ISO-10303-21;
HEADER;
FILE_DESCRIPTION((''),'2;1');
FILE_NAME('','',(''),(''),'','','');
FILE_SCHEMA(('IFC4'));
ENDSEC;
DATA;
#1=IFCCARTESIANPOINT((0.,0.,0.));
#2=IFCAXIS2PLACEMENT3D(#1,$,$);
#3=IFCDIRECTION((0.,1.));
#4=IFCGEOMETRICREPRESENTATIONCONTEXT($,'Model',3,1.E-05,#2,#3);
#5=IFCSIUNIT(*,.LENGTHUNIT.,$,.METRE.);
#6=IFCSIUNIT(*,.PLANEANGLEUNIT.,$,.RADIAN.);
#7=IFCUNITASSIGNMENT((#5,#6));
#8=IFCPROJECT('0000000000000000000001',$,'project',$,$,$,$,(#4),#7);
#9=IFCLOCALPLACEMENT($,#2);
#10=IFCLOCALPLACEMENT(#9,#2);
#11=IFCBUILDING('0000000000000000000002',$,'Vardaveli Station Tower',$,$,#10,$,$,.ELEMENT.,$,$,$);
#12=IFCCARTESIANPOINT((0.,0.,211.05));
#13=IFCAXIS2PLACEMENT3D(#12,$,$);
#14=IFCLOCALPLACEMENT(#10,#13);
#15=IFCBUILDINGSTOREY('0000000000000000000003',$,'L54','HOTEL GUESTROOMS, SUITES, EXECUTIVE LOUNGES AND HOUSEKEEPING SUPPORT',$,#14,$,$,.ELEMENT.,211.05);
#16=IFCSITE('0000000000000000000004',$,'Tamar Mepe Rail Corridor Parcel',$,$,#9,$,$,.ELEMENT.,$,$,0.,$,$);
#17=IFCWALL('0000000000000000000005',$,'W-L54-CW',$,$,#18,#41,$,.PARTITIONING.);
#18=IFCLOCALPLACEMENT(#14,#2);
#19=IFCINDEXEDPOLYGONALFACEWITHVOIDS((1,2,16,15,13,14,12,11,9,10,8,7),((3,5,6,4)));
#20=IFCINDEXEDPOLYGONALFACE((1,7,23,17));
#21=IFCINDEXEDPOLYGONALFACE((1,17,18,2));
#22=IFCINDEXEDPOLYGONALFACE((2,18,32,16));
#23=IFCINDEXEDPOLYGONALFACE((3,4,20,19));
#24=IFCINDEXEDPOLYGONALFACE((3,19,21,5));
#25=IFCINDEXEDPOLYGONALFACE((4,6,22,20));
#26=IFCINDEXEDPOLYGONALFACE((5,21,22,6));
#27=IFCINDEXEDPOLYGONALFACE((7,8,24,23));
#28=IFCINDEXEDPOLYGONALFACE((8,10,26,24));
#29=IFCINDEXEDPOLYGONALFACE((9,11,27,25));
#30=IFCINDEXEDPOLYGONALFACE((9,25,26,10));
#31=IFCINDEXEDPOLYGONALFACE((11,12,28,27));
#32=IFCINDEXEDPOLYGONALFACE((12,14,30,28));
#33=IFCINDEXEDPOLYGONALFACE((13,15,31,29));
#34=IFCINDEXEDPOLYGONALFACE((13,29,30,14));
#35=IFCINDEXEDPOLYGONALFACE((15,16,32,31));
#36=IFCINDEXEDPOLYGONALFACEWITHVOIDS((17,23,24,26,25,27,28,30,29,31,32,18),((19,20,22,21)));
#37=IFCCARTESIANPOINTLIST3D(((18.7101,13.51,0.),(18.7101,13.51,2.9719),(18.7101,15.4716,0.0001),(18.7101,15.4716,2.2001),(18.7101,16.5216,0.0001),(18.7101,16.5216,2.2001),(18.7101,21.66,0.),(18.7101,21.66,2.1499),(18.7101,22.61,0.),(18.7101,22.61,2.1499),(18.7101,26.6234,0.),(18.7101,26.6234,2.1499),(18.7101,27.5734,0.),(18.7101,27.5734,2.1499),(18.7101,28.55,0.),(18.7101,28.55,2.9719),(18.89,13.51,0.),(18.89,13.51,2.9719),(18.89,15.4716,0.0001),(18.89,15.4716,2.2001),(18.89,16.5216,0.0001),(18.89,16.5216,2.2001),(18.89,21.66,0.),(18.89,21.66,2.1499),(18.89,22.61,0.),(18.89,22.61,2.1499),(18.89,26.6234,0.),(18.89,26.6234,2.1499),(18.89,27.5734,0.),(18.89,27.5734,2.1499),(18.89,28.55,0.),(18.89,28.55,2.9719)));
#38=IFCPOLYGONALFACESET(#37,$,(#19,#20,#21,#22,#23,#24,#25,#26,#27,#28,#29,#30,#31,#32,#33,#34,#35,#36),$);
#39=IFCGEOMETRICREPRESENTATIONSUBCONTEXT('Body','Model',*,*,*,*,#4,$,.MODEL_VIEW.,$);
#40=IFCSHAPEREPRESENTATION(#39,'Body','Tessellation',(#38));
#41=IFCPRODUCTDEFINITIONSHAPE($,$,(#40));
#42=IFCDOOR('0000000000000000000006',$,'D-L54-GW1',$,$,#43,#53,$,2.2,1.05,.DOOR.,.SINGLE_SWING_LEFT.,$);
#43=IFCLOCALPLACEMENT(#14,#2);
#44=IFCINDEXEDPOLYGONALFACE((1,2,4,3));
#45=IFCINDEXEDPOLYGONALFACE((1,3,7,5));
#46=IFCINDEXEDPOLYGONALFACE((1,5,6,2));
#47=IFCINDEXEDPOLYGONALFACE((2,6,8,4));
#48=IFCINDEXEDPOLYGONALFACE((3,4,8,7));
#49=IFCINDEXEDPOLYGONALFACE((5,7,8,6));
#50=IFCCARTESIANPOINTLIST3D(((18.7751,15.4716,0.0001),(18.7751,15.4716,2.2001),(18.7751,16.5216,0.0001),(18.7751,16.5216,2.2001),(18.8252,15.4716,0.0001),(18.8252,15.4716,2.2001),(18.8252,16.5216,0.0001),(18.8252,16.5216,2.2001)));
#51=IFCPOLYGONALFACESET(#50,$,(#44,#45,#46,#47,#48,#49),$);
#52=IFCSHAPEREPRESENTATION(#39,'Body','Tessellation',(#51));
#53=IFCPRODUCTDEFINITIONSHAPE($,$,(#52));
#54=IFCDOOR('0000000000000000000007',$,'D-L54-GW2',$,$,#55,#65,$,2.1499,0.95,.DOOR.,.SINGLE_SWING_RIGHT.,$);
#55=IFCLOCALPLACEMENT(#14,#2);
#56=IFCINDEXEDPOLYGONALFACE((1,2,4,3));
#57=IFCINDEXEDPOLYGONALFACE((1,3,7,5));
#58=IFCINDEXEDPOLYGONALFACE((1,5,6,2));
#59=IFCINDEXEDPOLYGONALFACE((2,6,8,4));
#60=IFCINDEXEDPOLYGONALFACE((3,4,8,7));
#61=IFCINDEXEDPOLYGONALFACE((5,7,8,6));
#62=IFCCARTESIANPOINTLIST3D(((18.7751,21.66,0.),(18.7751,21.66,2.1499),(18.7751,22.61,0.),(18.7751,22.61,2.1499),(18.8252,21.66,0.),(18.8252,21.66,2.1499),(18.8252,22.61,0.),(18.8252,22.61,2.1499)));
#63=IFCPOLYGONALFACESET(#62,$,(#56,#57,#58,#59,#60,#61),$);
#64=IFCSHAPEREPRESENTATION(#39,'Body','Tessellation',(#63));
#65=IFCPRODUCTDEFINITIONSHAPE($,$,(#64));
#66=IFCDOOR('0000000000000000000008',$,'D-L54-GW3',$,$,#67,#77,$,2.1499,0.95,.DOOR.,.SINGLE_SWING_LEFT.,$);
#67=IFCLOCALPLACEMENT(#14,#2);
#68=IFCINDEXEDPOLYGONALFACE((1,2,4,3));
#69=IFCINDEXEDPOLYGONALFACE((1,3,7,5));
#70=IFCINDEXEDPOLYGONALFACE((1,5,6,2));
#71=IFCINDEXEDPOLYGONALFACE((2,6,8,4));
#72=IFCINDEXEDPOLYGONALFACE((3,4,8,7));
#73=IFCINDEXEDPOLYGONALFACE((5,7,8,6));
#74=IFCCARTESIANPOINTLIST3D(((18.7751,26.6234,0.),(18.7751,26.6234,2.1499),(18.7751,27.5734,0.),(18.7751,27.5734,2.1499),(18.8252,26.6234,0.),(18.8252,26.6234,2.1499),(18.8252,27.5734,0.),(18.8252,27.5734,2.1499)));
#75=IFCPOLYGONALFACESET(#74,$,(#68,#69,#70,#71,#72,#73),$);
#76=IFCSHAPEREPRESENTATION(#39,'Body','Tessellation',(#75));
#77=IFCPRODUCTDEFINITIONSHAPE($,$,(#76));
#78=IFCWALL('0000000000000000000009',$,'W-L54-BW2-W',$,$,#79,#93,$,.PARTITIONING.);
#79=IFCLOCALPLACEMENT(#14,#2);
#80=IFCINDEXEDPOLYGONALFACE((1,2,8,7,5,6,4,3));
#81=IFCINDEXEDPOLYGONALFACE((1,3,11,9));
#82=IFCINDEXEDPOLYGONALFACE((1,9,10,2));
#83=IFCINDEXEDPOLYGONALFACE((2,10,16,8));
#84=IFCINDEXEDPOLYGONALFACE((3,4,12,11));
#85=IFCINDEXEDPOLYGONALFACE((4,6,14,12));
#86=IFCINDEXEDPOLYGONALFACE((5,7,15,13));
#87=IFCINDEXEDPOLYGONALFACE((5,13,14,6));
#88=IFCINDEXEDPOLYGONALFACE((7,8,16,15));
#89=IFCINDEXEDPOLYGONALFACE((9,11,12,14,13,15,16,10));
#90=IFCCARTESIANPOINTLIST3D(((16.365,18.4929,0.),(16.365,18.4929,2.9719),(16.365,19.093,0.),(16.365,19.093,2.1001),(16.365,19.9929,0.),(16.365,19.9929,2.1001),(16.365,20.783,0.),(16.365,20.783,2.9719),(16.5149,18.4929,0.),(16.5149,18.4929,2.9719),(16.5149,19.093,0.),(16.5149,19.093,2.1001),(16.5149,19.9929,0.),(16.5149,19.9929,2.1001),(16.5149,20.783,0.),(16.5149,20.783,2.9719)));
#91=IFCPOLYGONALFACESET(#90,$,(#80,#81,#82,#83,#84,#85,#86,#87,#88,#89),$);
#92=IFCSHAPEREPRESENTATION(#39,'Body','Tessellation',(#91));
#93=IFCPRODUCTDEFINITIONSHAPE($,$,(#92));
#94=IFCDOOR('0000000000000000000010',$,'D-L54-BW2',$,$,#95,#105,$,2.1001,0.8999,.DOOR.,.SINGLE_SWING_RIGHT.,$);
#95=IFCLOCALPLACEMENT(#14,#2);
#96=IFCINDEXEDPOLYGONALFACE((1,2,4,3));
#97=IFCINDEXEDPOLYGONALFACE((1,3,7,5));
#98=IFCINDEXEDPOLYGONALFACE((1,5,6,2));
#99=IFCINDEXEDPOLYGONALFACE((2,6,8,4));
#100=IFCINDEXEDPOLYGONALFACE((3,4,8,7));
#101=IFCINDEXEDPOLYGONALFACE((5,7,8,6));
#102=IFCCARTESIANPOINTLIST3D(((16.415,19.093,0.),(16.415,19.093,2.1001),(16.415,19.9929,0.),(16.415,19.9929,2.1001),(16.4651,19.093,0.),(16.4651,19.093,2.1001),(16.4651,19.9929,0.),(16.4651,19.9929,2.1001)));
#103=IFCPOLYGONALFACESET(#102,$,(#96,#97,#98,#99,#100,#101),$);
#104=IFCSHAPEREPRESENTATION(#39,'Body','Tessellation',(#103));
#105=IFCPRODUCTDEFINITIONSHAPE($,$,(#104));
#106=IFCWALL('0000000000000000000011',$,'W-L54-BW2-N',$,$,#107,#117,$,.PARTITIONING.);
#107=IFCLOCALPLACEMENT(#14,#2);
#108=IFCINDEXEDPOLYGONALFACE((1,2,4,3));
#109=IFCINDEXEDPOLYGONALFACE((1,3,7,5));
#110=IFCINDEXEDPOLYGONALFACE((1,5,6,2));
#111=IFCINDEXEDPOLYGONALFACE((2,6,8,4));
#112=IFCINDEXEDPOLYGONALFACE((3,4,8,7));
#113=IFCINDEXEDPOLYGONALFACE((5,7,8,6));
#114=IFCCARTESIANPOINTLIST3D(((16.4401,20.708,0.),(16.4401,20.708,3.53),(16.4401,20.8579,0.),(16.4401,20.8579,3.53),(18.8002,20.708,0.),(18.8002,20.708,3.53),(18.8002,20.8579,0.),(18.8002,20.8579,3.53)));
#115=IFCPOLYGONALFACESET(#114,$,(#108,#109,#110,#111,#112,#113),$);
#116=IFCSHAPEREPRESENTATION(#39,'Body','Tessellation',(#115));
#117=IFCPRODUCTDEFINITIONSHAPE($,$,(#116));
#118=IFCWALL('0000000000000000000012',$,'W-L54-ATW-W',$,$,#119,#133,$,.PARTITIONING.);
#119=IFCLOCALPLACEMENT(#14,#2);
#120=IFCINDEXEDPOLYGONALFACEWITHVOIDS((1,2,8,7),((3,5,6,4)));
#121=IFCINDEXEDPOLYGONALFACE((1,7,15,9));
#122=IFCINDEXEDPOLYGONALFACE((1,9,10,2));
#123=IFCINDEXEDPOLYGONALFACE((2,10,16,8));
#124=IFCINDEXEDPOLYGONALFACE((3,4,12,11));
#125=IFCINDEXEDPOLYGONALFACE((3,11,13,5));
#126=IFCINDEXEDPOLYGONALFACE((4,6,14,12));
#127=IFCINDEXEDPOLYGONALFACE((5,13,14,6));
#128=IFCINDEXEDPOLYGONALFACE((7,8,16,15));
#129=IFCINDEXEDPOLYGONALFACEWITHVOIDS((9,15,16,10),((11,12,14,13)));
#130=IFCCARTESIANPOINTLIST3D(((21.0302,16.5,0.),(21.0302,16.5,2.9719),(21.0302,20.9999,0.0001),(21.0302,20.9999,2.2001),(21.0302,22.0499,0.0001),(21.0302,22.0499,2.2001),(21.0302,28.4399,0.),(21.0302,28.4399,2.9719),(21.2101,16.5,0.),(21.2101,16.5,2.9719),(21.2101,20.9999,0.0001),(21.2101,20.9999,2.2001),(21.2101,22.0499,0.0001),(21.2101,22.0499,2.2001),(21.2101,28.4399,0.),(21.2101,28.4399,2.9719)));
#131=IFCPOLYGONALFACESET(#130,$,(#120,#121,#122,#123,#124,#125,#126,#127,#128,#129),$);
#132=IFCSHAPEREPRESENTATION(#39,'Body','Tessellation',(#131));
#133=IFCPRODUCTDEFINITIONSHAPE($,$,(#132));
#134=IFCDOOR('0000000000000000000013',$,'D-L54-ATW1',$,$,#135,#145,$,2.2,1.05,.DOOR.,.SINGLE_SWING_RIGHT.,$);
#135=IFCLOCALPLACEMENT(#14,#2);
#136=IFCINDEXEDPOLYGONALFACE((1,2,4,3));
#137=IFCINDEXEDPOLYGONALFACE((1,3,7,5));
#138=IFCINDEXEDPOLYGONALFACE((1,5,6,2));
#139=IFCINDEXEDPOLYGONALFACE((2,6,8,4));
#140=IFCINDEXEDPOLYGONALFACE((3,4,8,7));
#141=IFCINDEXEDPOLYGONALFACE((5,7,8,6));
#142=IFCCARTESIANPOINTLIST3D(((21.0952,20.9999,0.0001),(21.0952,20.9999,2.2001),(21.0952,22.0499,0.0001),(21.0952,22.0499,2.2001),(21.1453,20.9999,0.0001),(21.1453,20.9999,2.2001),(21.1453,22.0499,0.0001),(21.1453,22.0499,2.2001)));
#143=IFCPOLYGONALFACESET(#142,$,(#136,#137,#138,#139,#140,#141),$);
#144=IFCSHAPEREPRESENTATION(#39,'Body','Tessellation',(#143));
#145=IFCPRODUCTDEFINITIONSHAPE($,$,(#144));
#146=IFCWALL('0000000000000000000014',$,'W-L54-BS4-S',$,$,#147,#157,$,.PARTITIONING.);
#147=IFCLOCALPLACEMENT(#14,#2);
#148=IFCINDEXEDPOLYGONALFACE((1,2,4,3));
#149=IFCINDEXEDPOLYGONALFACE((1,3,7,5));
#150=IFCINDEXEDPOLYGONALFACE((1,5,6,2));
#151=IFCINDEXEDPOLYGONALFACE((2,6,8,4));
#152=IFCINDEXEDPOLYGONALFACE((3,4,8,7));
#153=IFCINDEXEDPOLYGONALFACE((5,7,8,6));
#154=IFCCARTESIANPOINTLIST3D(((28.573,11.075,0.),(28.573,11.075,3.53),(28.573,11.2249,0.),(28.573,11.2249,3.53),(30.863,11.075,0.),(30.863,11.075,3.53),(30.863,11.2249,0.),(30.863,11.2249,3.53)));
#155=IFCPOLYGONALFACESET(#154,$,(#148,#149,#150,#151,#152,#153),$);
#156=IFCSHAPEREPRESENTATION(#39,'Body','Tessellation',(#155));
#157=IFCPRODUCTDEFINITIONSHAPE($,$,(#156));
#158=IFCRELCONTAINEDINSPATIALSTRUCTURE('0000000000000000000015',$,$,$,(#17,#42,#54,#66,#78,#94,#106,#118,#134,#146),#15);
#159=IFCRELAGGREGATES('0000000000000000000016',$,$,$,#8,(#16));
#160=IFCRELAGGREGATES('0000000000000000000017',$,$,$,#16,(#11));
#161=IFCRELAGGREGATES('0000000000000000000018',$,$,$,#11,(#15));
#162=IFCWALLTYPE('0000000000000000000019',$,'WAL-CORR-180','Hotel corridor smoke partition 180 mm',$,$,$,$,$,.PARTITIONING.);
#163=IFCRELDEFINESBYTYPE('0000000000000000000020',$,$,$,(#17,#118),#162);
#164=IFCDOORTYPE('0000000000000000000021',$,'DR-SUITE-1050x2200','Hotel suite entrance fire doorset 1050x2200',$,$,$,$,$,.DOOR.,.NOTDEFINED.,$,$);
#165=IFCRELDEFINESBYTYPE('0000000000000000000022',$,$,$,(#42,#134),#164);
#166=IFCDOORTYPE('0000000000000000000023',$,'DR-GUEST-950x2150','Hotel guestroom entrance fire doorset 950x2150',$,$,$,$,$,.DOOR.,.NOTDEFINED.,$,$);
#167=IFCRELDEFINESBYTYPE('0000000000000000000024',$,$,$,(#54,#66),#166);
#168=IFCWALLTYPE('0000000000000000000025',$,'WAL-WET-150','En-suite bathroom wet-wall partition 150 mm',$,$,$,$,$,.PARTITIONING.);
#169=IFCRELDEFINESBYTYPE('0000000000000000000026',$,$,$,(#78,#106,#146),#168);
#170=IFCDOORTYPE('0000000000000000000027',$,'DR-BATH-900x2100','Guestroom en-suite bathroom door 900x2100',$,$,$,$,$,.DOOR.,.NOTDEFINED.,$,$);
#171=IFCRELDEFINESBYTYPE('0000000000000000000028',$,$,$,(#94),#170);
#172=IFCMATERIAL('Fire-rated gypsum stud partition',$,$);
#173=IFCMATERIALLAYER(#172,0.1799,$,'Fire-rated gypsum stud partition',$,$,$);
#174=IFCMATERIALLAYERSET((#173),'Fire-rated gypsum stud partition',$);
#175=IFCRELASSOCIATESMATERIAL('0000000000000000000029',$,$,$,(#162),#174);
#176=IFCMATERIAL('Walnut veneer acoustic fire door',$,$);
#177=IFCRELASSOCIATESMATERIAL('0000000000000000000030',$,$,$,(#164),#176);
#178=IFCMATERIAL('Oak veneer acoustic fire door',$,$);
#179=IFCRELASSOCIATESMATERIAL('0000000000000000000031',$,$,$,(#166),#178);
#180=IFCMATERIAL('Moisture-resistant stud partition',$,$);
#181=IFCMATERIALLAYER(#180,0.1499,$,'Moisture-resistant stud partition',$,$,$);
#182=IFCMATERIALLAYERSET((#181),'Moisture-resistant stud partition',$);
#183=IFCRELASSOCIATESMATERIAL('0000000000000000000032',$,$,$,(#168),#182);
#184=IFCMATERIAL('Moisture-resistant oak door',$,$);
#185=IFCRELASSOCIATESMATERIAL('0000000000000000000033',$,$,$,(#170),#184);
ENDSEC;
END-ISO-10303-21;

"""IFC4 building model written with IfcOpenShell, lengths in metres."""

from ifc_helpers import new_model, si_unit, direction, frame, frame_2d, origin, place, context, subcontext, project, spatial, rectangle, extrude, source, transform, mapped, material, layer, layer_set, type_object, element, fill, save


model = new_model("IFC4")

# Units and contexts
model_context = context("Model", 3, precision=1e-05, world=origin(), true_north=direction((0.0, 1.0)))
body_context = subcontext(model_context, "Body", "Model", "MODEL_VIEW")
ifc_project = project(units=[si_unit("LENGTHUNIT", "METRE"), si_unit("PLANEANGLEUNIT", "RADIAN")], contexts=[model_context])

# Site, building, storey
site_placement = place(None, origin())
site = spatial("IfcSite", under=ifc_project, at=site_placement, Name="Tamar Mepe Rail Corridor Parcel", CompositionType="ELEMENT", RefElevation=0.0)
building_placement = place(site_placement, origin())
building = spatial("IfcBuilding", under=site, at=building_placement, Name="Vardaveli Station Tower", CompositionType="ELEMENT")
storey_placement = place(building_placement, frame((0.0, 0.0, 211.05)))
storey = spatial("IfcBuildingStorey", under=building, at=storey_placement, Name="L54", Description="HOTEL GUESTROOMS, SUITES, EXECUTIVE LOUNGES AND HOUSEKEEPING SUPPORT", CompositionType="ELEMENT", Elevation=211.05)

# Wall, openings, doors
ifc_material_1 = material(Name="Fire-rated gypsum stud partition")
ifc_layer_1 = layer(ifc_material_1, 0.1799, Name="Fire-rated gypsum stud partition")
ifc_layer_set_1 = layer_set([ifc_layer_1], Name="Fire-rated gypsum stud partition")
wall_type_1 = type_object("IfcWallType", Name="WAL-CORR-180", Description="Hotel corridor smoke partition 180 mm", PredefinedType="PARTITIONING", material=ifc_layer_set_1)
shared_shape_1 = source(origin(), body_context, "Body", "SweptSolid", [
    extrude(rectangle(XDim=15.04, YDim=0.1799, at=frame_2d((7.52, 0.0))), origin(), (0.0, 0.0, 1.0), 2.9719),
])
wall_1_placement = place(storey_placement, frame((18.8, 13.51, 0.0), z_axis=(0.0, 0.0, 1.0), x_axis=(0.0, 1.0, 0.0)))
wall_1 = element("IfcWall", 1, at=wall_1_placement, inside=storey, type_object=wall_type_1, Name="W-L54-CW", PredefinedType="PARTITIONING", context=body_context, shape_type="MappedRepresentation", body=[
    mapped(shared_shape_1, transform((0.0, 0.0, 0.0), scale=1.0)),
])
shared_shape_2 = source(origin(), body_context, "Body", "SweptSolid", [
    extrude(rectangle(XDim=1.05, YDim=2.2, at=frame_2d((0.5249, 1.1001))), frame((0.0, 0.1001, 0.0), z_axis=(0.0, -1.0, 0.0), x_axis=(1.0, 0.0, 0.0)), (0.0, 0.0, 1.0), 0.2),
])
opening_1_placement = place(wall_1_placement, frame((1.9617, 0.0, 0.0)))
opening_1 = element("IfcOpeningElement", 2, at=opening_1_placement, cuts=wall_1, PredefinedType="OPENING", context=body_context, shape_type="MappedRepresentation", body=[
    mapped(shared_shape_2, transform((0.0, 0.0, 0.0), scale=1.0)),
])
shared_shape_3 = source(origin(), body_context, "Body", "SweptSolid", [
    extrude(rectangle(XDim=0.95, YDim=2.1499, at=frame_2d((0.4751, 1.075))), frame((0.0, 0.1001, 0.0), z_axis=(0.0, -1.0, 0.0), x_axis=(1.0, 0.0, 0.0)), (0.0, 0.0, 1.0), 0.2),
])
opening_2_placement = place(wall_1_placement, frame((8.1499, 0.0, 0.0)))
opening_2 = element("IfcOpeningElement", 3, at=opening_2_placement, cuts=wall_1, PredefinedType="OPENING", context=body_context, shape_type="MappedRepresentation", body=[
    mapped(shared_shape_3, transform((0.0, 0.0, 0.0), scale=1.0)),
])
opening_3_placement = place(wall_1_placement, frame((13.1133, 0.0, 0.0)))
opening_3 = element("IfcOpeningElement", 4, at=opening_3_placement, cuts=wall_1, PredefinedType="OPENING", context=body_context, shape_type="MappedRepresentation", body=[
    mapped(shared_shape_3, transform((0.0, 0.0, 0.0), scale=1.0)),
])
ifc_material_2 = material(Name="Walnut veneer acoustic fire door")
door_type_1 = type_object("IfcDoorType", Name="DR-SUITE-1050x2200", Description="Hotel suite entrance fire doorset 1050x2200", OperationType="NOTDEFINED", PredefinedType="DOOR", material=ifc_material_2)
shared_shape_4 = source(origin(), body_context, "Body", "SweptSolid", [
    extrude(rectangle(XDim=1.05, YDim=2.2, at=frame_2d((0.5249, 1.1001))), frame((0.0, 0.0249, 0.0), z_axis=(0.0, -1.0, 0.0), x_axis=(1.0, 0.0, 0.0)), (0.0, 0.0, 1.0), 0.05),
])
door_1_placement = place(opening_1_placement, origin())
door_1 = element("IfcDoor", 5, at=door_1_placement, inside=storey, type_object=door_type_1, Name="D-L54-GW1", OperationType="SINGLE_SWING_LEFT", OverallHeight=2.2, OverallWidth=1.05, PredefinedType="DOOR", context=body_context, shape_type="MappedRepresentation", body=[
    mapped(shared_shape_4, transform((0.0, 0.0, 0.0), scale=1.0)),
])
fill(opening_1, door_1)
ifc_material_3 = material(Name="Oak veneer acoustic fire door")
door_type_2 = type_object("IfcDoorType", Name="DR-GUEST-950x2150", Description="Hotel guestroom entrance fire doorset 950x2150", OperationType="NOTDEFINED", PredefinedType="DOOR", material=ifc_material_3)
shared_shape_5 = source(origin(), body_context, "Body", "SweptSolid", [
    extrude(rectangle(XDim=0.95, YDim=2.1499, at=frame_2d((0.4751, 1.075))), frame((0.0, 0.0249, 0.0), z_axis=(0.0, -1.0, 0.0), x_axis=(1.0, 0.0, 0.0)), (0.0, 0.0, 1.0), 0.05),
])
door_2_placement = place(opening_2_placement, origin())
door_2 = element("IfcDoor", 6, at=door_2_placement, inside=storey, type_object=door_type_2, Name="D-L54-GW2", OperationType="SINGLE_SWING_RIGHT", OverallHeight=2.1499, OverallWidth=0.95, PredefinedType="DOOR", context=body_context, shape_type="MappedRepresentation", body=[
    mapped(shared_shape_5, transform((0.0, 0.0, 0.0), scale=1.0)),
])
fill(opening_2, door_2)
door_3_placement = place(opening_3_placement, origin())
door_3 = element("IfcDoor", 7, at=door_3_placement, inside=storey, type_object=door_type_2, Name="D-L54-GW3", OperationType="SINGLE_SWING_LEFT", OverallHeight=2.1499, OverallWidth=0.95, PredefinedType="DOOR", context=body_context, shape_type="MappedRepresentation", body=[
    mapped(shared_shape_5, transform((0.0, 0.0, 0.0), scale=1.0)),
])
fill(opening_3, door_3)

# Wall, opening, door
ifc_material_4 = material(Name="Moisture-resistant stud partition")
ifc_layer_2 = layer(ifc_material_4, 0.1499, Name="Moisture-resistant stud partition")
ifc_layer_set_2 = layer_set([ifc_layer_2], Name="Moisture-resistant stud partition")
wall_type_2 = type_object("IfcWallType", Name="WAL-WET-150", Description="En-suite bathroom wet-wall partition 150 mm", PredefinedType="PARTITIONING", material=ifc_layer_set_2)
shared_shape_6 = source(origin(), body_context, "Body", "SweptSolid", [
    extrude(rectangle(XDim=2.29, YDim=0.1499, at=frame_2d((1.145, 0.0))), origin(), (0.0, 0.0, 1.0), 2.9719),
])
wall_2_placement = place(storey_placement, frame((16.4399, 18.4929, 0.0), z_axis=(0.0, 0.0, 1.0), x_axis=(0.0, 1.0, 0.0)))
wall_2 = element("IfcWall", 8, at=wall_2_placement, inside=storey, type_object=wall_type_2, Name="W-L54-BW2-W", PredefinedType="PARTITIONING", context=body_context, shape_type="MappedRepresentation", body=[
    mapped(shared_shape_6, transform((0.0, 0.0, 0.0), scale=1.0)),
])
shared_shape_7 = source(origin(), body_context, "Body", "SweptSolid", [
    extrude(rectangle(XDim=0.8999, YDim=2.1001, at=frame_2d((0.45, 1.05))), frame((0.0, 0.085, 0.0), z_axis=(0.0, -1.0, 0.0), x_axis=(1.0, 0.0, 0.0)), (0.0, 0.0, 1.0), 0.1699),
])
opening_4_placement = place(wall_2_placement, frame((0.6001, 0.0, 0.0)))
opening_4 = element("IfcOpeningElement", 9, at=opening_4_placement, cuts=wall_2, PredefinedType="OPENING", context=body_context, shape_type="MappedRepresentation", body=[
    mapped(shared_shape_7, transform((0.0, 0.0, 0.0), scale=1.0)),
])
ifc_material_5 = material(Name="Moisture-resistant oak door")
door_type_3 = type_object("IfcDoorType", Name="DR-BATH-900x2100", Description="Guestroom en-suite bathroom door 900x2100", OperationType="NOTDEFINED", PredefinedType="DOOR", material=ifc_material_5)
shared_shape_8 = source(origin(), body_context, "Body", "SweptSolid", [
    extrude(rectangle(XDim=0.8999, YDim=2.1001, at=frame_2d((0.45, 1.05))), frame((0.0, 0.0249, 0.0), z_axis=(0.0, -1.0, 0.0), x_axis=(1.0, 0.0, 0.0)), (0.0, 0.0, 1.0), 0.05),
])
door_4_placement = place(opening_4_placement, origin())
door_4 = element("IfcDoor", 10, at=door_4_placement, inside=storey, type_object=door_type_3, Name="D-L54-BW2", OperationType="SINGLE_SWING_RIGHT", OverallHeight=2.1001, OverallWidth=0.8999, PredefinedType="DOOR", context=body_context, shape_type="MappedRepresentation", body=[
    mapped(shared_shape_8, transform((0.0, 0.0, 0.0), scale=1.0)),
])
fill(opening_4, door_4)

# Wall
shared_shape_9 = source(origin(), body_context, "Body", "SweptSolid", [
    extrude(rectangle(XDim=2.3601, YDim=0.1499, at=frame_2d((1.1802, 0.0))), origin(), (0.0, 0.0, 1.0), 3.53),
])
wall_3_placement = place(storey_placement, frame((16.4399, 20.783, 0.0), z_axis=(0.0, 0.0, 1.0), x_axis=(1.0, 0.0, 0.0)))
element("IfcWall", 11, at=wall_3_placement, inside=storey, type_object=wall_type_2, Name="W-L54-BW2-N", PredefinedType="PARTITIONING", context=body_context, shape_type="MappedRepresentation", body=[
    mapped(shared_shape_9, transform((0.0, 0.0, 0.0), scale=1.0)),
])

# Wall, opening, door
shared_shape_10 = source(origin(), body_context, "Body", "SweptSolid", [
    extrude(rectangle(XDim=11.9399, YDim=0.1799, at=frame_2d((5.97, 0.0))), origin(), (0.0, 0.0, 1.0), 2.9719),
])
wall_4_placement = place(storey_placement, frame((21.1201, 16.5, 0.0), z_axis=(0.0, 0.0, 1.0), x_axis=(0.0, 1.0, 0.0)))
wall_4 = element("IfcWall", 12, at=wall_4_placement, inside=storey, type_object=wall_type_1, Name="W-L54-ATW-W", PredefinedType="PARTITIONING", context=body_context, shape_type="MappedRepresentation", body=[
    mapped(shared_shape_10, transform((0.0, 0.0, 0.0), scale=1.0)),
])
opening_5_placement = place(wall_4_placement, frame((4.5, 0.0, 0.0)))
opening_5 = element("IfcOpeningElement", 13, at=opening_5_placement, cuts=wall_4, PredefinedType="OPENING", context=body_context, shape_type="MappedRepresentation", body=[
    mapped(shared_shape_2, transform((0.0, 0.0, 0.0), scale=1.0)),
])
door_5_placement = place(opening_5_placement, origin())
door_5 = element("IfcDoor", 14, at=door_5_placement, inside=storey, type_object=door_type_1, Name="D-L54-ATW1", OperationType="SINGLE_SWING_RIGHT", OverallHeight=2.2, OverallWidth=1.05, PredefinedType="DOOR", context=body_context, shape_type="MappedRepresentation", body=[
    mapped(shared_shape_4, transform((0.0, 0.0, 0.0), scale=1.0)),
])
fill(opening_5, door_5)

# Wall
shared_shape_11 = source(origin(), body_context, "Body", "SweptSolid", [
    extrude(rectangle(XDim=2.29, YDim=0.1499, at=frame_2d((1.145, 0.0))), origin(), (0.0, 0.0, 1.0), 3.53),
])
wall_5_placement = place(storey_placement, frame((28.573, 11.1499, 0.0), z_axis=(0.0, 0.0, 1.0), x_axis=(1.0, 0.0, 0.0)))
element("IfcWall", 15, at=wall_5_placement, inside=storey, type_object=wall_type_2, Name="W-L54-BS4-S", PredefinedType="PARTITIONING", context=body_context, shape_type="MappedRepresentation", body=[
    mapped(shared_shape_11, transform((0.0, 0.0, 0.0), scale=1.0)),
])

save(model, "model.ifc")
